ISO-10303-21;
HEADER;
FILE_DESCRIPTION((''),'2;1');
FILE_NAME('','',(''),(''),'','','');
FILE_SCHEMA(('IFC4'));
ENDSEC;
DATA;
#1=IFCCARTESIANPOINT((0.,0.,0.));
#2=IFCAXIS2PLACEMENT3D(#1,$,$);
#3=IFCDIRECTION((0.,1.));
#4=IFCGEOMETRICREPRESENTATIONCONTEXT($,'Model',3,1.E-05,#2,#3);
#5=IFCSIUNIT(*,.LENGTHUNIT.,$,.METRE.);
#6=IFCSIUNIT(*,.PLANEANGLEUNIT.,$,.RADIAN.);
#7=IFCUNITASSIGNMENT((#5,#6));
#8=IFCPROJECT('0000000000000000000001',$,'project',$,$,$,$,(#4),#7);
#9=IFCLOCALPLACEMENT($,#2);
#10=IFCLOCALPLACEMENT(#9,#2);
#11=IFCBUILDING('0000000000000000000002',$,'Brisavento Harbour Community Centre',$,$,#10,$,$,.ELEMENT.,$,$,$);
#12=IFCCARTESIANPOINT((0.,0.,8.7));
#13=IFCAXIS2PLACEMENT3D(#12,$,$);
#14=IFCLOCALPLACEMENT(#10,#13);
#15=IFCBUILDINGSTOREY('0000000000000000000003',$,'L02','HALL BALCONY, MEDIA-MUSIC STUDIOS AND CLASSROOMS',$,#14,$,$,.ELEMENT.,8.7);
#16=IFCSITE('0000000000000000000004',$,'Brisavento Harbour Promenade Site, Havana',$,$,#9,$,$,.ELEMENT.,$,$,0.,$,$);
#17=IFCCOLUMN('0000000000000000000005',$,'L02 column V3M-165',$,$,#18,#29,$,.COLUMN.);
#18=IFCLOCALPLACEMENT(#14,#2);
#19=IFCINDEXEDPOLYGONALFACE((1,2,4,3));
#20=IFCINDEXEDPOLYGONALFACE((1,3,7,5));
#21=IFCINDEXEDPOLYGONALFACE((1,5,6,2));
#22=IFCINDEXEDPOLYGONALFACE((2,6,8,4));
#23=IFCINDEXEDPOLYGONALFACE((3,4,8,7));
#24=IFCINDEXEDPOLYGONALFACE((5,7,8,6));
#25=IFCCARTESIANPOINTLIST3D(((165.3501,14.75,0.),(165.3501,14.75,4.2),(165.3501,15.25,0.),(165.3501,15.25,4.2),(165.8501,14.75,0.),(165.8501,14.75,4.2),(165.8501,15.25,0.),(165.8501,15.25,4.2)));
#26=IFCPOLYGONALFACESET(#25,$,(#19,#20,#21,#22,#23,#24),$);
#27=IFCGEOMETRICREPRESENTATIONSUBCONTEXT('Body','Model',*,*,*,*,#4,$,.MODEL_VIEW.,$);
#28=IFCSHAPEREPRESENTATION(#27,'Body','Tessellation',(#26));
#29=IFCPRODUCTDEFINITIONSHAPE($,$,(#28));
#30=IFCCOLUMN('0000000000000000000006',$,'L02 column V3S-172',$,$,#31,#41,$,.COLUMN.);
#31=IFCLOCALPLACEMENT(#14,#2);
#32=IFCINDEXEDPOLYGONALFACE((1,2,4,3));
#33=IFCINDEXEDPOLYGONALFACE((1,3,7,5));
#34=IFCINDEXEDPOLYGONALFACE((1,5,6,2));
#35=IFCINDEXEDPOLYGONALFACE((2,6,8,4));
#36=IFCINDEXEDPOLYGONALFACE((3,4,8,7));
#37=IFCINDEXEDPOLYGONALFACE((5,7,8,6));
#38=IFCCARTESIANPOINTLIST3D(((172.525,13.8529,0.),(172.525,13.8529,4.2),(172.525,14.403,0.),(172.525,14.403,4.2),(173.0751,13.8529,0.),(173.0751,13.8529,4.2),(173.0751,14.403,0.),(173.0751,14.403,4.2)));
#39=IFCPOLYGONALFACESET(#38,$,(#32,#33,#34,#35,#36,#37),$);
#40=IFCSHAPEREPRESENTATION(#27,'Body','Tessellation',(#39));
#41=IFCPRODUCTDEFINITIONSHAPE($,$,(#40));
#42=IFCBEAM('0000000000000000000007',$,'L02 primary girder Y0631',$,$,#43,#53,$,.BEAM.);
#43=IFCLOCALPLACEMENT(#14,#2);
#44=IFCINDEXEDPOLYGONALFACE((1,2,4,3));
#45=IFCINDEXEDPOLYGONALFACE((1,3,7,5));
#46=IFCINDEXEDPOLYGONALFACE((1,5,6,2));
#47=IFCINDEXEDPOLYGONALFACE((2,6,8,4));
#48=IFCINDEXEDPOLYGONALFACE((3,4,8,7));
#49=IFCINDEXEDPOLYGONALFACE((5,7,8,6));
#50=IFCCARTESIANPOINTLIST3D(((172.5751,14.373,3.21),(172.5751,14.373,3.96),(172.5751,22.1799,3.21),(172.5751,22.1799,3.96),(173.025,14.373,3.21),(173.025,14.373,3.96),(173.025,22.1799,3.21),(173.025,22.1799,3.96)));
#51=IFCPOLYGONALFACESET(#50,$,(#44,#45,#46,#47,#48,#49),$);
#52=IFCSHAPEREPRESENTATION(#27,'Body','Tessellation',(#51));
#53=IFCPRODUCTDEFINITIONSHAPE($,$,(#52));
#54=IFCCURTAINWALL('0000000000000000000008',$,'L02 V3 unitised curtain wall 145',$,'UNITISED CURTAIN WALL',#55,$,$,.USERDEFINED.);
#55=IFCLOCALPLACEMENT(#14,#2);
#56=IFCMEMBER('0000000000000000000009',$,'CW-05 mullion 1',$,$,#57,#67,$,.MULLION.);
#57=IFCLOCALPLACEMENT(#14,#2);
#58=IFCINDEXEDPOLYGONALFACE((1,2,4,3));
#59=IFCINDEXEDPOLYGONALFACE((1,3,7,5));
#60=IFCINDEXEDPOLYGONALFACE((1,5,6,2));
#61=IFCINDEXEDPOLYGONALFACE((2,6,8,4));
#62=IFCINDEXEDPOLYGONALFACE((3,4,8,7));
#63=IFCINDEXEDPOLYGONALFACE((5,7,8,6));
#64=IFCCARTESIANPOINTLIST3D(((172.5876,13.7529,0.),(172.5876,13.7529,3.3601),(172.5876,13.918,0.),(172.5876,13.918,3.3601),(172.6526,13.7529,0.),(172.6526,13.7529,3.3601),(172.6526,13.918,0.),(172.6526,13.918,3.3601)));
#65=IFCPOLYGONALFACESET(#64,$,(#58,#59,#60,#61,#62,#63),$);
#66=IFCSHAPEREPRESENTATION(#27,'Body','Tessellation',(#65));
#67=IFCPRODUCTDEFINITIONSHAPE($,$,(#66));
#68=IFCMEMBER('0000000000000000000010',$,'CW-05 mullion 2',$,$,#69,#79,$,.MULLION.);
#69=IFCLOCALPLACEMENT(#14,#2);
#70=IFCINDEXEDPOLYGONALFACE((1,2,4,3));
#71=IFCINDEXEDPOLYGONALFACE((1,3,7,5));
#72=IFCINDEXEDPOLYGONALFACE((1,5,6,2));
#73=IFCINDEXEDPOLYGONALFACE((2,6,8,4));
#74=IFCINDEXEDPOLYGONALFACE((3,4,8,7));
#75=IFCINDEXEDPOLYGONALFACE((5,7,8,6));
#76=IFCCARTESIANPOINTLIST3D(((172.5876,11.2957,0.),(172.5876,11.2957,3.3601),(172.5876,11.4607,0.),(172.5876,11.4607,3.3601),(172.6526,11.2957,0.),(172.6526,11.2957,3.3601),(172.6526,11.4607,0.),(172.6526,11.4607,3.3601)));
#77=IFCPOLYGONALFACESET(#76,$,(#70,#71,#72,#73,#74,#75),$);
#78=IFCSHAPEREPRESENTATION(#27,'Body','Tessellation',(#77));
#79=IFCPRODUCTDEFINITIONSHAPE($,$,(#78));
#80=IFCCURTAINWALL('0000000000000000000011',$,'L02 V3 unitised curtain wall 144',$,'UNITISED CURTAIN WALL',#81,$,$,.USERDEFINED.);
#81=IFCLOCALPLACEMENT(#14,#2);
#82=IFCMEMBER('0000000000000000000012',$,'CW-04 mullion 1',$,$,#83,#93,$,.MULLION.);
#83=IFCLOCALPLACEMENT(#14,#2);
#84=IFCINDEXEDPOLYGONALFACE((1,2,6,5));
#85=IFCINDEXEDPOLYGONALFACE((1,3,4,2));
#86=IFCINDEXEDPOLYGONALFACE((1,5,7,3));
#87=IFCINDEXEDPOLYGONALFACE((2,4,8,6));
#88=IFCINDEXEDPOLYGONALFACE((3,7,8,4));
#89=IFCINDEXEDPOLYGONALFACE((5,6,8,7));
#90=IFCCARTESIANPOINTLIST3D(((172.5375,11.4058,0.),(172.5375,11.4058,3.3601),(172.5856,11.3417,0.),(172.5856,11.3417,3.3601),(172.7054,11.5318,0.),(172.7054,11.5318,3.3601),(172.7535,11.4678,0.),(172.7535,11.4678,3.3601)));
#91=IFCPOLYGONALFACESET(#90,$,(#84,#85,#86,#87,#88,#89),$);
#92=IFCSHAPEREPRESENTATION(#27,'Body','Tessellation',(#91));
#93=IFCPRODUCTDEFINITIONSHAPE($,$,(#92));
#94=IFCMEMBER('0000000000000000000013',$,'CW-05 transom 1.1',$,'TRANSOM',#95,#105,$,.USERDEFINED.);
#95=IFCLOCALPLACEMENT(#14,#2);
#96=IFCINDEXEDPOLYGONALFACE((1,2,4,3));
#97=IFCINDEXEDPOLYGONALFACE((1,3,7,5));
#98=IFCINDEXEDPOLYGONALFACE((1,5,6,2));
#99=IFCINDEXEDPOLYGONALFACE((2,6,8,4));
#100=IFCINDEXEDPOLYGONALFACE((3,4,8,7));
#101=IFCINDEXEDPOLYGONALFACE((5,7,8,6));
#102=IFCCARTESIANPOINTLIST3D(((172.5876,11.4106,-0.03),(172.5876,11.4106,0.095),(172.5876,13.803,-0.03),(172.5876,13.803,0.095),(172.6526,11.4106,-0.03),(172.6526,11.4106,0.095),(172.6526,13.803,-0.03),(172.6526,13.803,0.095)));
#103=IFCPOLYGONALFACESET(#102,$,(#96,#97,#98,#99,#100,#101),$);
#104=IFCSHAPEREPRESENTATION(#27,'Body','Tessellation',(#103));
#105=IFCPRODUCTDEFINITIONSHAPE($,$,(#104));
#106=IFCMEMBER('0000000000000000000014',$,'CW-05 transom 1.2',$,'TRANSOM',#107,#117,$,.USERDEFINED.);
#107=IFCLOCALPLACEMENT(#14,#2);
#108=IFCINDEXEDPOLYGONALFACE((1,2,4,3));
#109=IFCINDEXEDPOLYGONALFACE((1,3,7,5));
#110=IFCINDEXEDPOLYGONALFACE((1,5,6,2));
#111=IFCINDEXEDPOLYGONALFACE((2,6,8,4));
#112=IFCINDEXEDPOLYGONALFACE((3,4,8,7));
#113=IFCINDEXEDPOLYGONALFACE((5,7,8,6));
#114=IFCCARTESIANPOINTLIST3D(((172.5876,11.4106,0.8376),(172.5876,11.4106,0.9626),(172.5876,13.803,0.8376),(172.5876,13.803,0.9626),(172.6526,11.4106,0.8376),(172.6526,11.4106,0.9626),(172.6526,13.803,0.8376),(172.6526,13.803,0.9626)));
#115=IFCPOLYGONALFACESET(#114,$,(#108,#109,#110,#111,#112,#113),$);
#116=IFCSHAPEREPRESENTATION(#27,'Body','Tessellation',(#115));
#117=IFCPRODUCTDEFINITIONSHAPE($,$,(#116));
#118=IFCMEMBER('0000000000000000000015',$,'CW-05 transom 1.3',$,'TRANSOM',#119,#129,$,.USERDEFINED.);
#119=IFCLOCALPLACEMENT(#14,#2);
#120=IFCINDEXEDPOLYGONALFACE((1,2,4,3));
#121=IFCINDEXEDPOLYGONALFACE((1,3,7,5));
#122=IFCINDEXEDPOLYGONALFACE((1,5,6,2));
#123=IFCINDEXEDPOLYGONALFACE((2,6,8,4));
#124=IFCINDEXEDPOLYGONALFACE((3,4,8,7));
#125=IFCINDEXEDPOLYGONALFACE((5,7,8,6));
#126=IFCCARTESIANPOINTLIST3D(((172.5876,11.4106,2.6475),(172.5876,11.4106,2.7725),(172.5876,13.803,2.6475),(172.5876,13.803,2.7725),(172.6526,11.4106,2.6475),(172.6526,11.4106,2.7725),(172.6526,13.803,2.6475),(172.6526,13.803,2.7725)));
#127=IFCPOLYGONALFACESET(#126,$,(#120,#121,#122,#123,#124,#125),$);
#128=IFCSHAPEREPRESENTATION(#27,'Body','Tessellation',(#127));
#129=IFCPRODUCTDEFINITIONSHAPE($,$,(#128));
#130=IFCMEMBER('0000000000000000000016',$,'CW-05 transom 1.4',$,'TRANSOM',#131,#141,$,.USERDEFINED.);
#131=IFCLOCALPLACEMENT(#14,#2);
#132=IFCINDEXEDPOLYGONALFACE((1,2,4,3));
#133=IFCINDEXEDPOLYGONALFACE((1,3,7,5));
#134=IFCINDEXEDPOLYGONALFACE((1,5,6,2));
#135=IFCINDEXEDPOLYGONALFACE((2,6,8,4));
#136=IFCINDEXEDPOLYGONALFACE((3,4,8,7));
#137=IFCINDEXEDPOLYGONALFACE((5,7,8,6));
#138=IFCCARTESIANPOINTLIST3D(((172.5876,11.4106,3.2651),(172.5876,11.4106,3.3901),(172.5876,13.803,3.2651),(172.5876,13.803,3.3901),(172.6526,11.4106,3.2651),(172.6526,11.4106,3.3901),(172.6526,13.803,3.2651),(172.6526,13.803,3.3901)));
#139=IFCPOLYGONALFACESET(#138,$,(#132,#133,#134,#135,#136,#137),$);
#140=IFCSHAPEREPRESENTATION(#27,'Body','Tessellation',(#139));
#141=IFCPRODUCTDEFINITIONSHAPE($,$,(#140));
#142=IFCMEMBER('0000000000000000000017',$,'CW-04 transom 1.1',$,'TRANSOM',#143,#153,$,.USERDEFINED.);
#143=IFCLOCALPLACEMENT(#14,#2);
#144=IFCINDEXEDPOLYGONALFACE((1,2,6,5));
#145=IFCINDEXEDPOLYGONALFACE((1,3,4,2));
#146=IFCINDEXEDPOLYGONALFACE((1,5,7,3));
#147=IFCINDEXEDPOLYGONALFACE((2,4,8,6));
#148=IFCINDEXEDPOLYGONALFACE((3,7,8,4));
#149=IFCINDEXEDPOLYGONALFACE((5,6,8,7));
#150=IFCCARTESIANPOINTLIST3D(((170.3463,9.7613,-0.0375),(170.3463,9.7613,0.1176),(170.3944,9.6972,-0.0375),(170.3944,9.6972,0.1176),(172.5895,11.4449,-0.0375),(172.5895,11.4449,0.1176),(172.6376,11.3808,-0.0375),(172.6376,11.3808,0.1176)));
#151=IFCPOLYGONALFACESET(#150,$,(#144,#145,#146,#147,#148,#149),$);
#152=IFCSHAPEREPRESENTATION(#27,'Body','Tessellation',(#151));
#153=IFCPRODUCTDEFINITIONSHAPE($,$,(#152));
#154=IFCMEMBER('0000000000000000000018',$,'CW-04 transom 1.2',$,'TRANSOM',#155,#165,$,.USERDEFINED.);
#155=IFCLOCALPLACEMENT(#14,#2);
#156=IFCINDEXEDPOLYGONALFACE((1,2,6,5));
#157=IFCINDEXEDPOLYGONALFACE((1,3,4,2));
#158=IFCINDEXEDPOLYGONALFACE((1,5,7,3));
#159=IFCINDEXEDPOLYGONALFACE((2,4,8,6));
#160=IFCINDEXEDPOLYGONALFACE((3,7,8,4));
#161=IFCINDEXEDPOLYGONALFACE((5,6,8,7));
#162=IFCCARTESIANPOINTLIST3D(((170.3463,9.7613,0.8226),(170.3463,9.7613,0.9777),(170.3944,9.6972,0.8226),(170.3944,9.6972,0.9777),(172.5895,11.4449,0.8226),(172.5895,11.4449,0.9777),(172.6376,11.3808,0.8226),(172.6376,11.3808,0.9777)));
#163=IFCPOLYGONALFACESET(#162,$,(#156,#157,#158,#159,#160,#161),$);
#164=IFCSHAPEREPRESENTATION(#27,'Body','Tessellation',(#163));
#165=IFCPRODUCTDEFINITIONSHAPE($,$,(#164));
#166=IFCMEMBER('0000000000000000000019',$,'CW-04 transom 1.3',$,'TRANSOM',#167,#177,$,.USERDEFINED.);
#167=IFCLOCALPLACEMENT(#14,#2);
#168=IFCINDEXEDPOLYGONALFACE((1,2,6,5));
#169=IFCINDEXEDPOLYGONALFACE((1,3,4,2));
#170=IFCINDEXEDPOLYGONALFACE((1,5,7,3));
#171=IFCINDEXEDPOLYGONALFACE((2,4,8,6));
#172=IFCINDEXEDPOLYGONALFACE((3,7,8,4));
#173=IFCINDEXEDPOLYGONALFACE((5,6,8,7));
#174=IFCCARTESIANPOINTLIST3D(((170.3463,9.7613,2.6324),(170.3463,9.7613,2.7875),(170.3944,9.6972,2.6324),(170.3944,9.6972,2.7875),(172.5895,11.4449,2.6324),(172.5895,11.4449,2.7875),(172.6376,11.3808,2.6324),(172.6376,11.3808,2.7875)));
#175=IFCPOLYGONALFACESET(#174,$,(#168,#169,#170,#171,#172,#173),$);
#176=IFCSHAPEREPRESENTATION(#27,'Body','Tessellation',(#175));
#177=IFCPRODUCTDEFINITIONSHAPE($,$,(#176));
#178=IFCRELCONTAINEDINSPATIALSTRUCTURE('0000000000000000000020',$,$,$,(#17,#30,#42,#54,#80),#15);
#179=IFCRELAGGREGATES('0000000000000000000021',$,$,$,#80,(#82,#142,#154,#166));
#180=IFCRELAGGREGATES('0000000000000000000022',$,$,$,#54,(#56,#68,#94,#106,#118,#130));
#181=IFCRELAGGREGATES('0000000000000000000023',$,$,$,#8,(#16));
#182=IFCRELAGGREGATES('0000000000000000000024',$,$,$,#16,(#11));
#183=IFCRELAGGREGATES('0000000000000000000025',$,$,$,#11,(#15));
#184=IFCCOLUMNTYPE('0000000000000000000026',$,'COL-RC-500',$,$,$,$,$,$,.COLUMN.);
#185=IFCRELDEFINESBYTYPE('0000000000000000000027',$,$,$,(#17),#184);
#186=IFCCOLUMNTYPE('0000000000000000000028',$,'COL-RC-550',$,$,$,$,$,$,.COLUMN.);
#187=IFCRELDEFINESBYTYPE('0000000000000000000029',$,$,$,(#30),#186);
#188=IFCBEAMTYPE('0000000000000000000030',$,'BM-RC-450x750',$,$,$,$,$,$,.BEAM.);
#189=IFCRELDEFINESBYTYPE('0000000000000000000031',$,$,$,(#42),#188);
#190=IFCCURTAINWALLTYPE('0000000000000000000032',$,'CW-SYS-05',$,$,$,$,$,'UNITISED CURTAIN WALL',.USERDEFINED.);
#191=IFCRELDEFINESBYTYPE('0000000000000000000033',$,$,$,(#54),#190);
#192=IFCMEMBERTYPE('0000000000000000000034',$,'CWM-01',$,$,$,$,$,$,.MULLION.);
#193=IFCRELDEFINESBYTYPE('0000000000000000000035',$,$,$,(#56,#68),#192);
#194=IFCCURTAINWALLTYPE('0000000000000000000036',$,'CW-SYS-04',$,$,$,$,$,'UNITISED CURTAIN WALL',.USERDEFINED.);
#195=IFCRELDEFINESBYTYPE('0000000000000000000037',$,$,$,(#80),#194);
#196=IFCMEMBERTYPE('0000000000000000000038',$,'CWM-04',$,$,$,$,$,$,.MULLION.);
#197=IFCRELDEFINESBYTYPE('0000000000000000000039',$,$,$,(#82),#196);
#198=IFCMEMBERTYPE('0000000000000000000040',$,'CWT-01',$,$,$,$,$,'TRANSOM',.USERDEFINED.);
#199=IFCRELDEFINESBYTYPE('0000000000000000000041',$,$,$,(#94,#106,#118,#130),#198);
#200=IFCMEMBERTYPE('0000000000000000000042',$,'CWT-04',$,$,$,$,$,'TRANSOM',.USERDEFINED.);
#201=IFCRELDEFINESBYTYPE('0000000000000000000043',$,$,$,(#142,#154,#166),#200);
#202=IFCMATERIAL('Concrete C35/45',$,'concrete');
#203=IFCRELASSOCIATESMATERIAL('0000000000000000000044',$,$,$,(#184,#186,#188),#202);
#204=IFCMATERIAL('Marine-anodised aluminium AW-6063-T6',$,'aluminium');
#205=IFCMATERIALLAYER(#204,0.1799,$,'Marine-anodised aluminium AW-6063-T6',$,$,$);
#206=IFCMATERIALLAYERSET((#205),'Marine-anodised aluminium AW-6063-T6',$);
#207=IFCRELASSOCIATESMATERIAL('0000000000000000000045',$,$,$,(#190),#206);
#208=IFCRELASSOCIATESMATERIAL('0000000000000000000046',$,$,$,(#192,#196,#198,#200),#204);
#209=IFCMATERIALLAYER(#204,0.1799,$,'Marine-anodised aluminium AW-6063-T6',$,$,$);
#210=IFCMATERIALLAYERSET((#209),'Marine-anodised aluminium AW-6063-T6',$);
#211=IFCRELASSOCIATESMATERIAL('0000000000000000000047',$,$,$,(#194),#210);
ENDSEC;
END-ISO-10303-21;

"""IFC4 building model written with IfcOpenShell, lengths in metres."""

from ifc_helpers import new_model, si_unit, direction, frame, origin, origin_2d, place, context, subcontext, project, spatial, rectangle, extrude, material, layer, layer_set, material_profile, profile_set, type_object, element, aggregate, save


model = new_model("IFC4")

# Units and contexts
model_context = context("Model", 3, precision=1e-05, world=origin(), true_north=direction((0.0, 1.0)))
body_context = subcontext(model_context, "Body", "Model", "MODEL_VIEW")
ifc_project = project(units=[si_unit("LENGTHUNIT", "METRE"), si_unit("PLANEANGLEUNIT", "RADIAN")], contexts=[model_context])

# Site, building, storey
site_placement = place(None, origin())
site = spatial("IfcSite", under=ifc_project, at=site_placement, Name="Brisavento Harbour Promenade Site, Havana", CompositionType="ELEMENT", RefElevation=0.0)
building_placement = place(site_placement, origin())
building = spatial("IfcBuilding", under=site, at=building_placement, Name="Brisavento Harbour Community Centre", CompositionType="ELEMENT")
storey_placement = place(building_placement, frame((0.0, 0.0, 8.7)))
storey = spatial("IfcBuildingStorey", under=building, at=storey_placement, Name="L02", Description="HALL BALCONY, MEDIA-MUSIC STUDIOS AND CLASSROOMS", CompositionType="ELEMENT", Elevation=8.7)

# Columns
ifc_material_1 = material(Name="Concrete C35/45", Category="concrete")
ifc_material_profile_1 = material_profile(ifc_material_1, rectangle(XDim=0.5, YDim=0.5, at=origin_2d()), Name="Concrete C35/45")
ifc_profile_set_1 = profile_set([ifc_material_profile_1], Name="Concrete C35/45")
column_type_1 = type_object("IfcColumnType", Name="COL-RC-500", PredefinedType="COLUMN", material=ifc_profile_set_1)
column_1_placement = place(storey_placement, frame((165.6001, 15.0, 0.0), z_axis=(0.0, 0.0, 1.0), x_axis=(1.0, 0.0, 0.0)))
element("IfcColumn", 1, at=column_1_placement, inside=storey, type_object=column_type_1, Name="L02 column V3M-165", PredefinedType="COLUMN", context=body_context, shape_type="SweptSolid", body=[
    extrude(rectangle(XDim=0.5, YDim=0.5, at=origin_2d()), origin(), (0.0, 0.0, 1.0), 4.2),
])
ifc_material_profile_2 = material_profile(ifc_material_1, rectangle(XDim=0.55, YDim=0.55, at=origin_2d()), Name="Concrete C35/45")
ifc_profile_set_2 = profile_set([ifc_material_profile_2], Name="Concrete C35/45")
column_type_2 = type_object("IfcColumnType", Name="COL-RC-550", PredefinedType="COLUMN", material=ifc_profile_set_2)
column_2_placement = place(storey_placement, frame((172.8, 14.1279, 0.0), z_axis=(0.0, 0.0, 1.0), x_axis=(1.0, 0.0, 0.0)))
element("IfcColumn", 2, at=column_2_placement, inside=storey, type_object=column_type_2, Name="L02 column V3S-172", PredefinedType="COLUMN", context=body_context, shape_type="SweptSolid", body=[
    extrude(rectangle(XDim=0.55, YDim=0.55, at=origin_2d()), origin(), (0.0, 0.0, 1.0), 4.2),
])

# Beam
ifc_material_profile_3 = material_profile(ifc_material_1, rectangle(XDim=0.45, YDim=0.75, at=origin_2d()), Name="Concrete C35/45")
ifc_profile_set_3 = profile_set([ifc_material_profile_3], Name="Concrete C35/45")
beam_type = type_object("IfcBeamType", Name="BM-RC-450x750", PredefinedType="BEAM", material=ifc_profile_set_3)
beam_placement = place(storey_placement, frame((172.8, 14.373, 3.585), z_axis=(0.0, 1.0, 0.0), x_axis=(-1.0, 0.0, 0.0)))
element("IfcBeam", 3, at=beam_placement, inside=storey, type_object=beam_type, Name="L02 primary girder Y0631", PredefinedType="BEAM", context=body_context, shape_type="SweptSolid", body=[
    extrude(rectangle(XDim=0.45, YDim=0.75, at=origin_2d()), origin(), (0.0, 0.0, 1.0), 7.8069),
])

# Curtain wall, members
ifc_material_2 = material(Name="Marine-anodised aluminium AW-6063-T6", Category="aluminium")
ifc_layer_1 = layer(ifc_material_2, 0.1799, Name="Marine-anodised aluminium AW-6063-T6")
ifc_layer_set_1 = layer_set([ifc_layer_1], Name="Marine-anodised aluminium AW-6063-T6")
curtain_wall_type_1 = type_object("IfcCurtainWallType", Name="CW-SYS-05", ElementType="UNITISED CURTAIN WALL", PredefinedType="USERDEFINED", material=ifc_layer_set_1)
curtain_wall_1_placement = place(storey_placement, origin())
curtain_wall_1 = element("IfcCurtainWall", 4, at=curtain_wall_1_placement, inside=storey, type_object=curtain_wall_type_1, Name="L02 V3 unitised curtain wall 145", ObjectType="UNITISED CURTAIN WALL", PredefinedType="USERDEFINED")
ifc_material_profile_4 = material_profile(ifc_material_2, rectangle(XDim=0.0649, YDim=0.165, at=origin_2d()), Name="Marine-anodised aluminium AW-6063-T6")
ifc_profile_set_4 = profile_set([ifc_material_profile_4], Name="Marine-anodised aluminium AW-6063-T6")
member_type_1 = type_object("IfcMemberType", Name="CWM-01", PredefinedType="MULLION", material=ifc_profile_set_4)
member_1_placement = place(storey_placement, frame((172.6201, 13.8354, 0.0), z_axis=(0.0, 0.0, 1.0), x_axis=(1.0, 0.0, 0.0)))
member_1 = element("IfcMember", 5, at=member_1_placement, type_object=member_type_1, Name="CW-05 mullion 1", PredefinedType="MULLION", context=body_context, shape_type="SweptSolid", body=[
    extrude(rectangle(XDim=0.0649, YDim=0.165, at=origin_2d()), origin(), (0.0, 0.0, 1.0), 3.3601),
])
member_2_placement = place(storey_placement, frame((172.6201, 11.3782, 0.0), z_axis=(0.0, 0.0, 1.0), x_axis=(1.0, 0.0, 0.0)))
member_2 = element("IfcMember", 6, at=member_2_placement, type_object=member_type_1, Name="CW-05 mullion 2", PredefinedType="MULLION", context=body_context, shape_type="SweptSolid", body=[
    extrude(rectangle(XDim=0.0649, YDim=0.165, at=origin_2d()), origin(), (0.0, 0.0, 1.0), 3.3601),
])

# Curtain wall, member
ifc_layer_2 = layer(ifc_material_2, 0.1799, Name="Marine-anodised aluminium AW-6063-T6")
ifc_layer_set_2 = layer_set([ifc_layer_2], Name="Marine-anodised aluminium AW-6063-T6")
curtain_wall_type_2 = type_object("IfcCurtainWallType", Name="CW-SYS-04", ElementType="UNITISED CURTAIN WALL", PredefinedType="USERDEFINED", material=ifc_layer_set_2)
curtain_wall_2_placement = place(storey_placement, origin())
curtain_wall_2 = element("IfcCurtainWall", 7, at=curtain_wall_2_placement, inside=storey, type_object=curtain_wall_type_2, Name="L02 V3 unitised curtain wall 144", ObjectType="UNITISED CURTAIN WALL", PredefinedType="USERDEFINED")
ifc_material_profile_5 = material_profile(ifc_material_2, rectangle(XDim=0.0801, YDim=0.21, at=origin_2d()), Name="Marine-anodised aluminium AW-6063-T6")
ifc_profile_set_5 = profile_set([ifc_material_profile_5], Name="Marine-anodised aluminium AW-6063-T6")
member_type_2 = type_object("IfcMemberType", Name="CWM-04", PredefinedType="MULLION", material=ifc_profile_set_5)
member_3_placement = place(storey_placement, frame((172.6455, 11.4368, 0.0), z_axis=(0.0, 0.0, 1.0), x_axis=(0.600259, -0.799806, 0.0)))
member_3 = element("IfcMember", 8, at=member_3_placement, type_object=member_type_2, Name="CW-04 mullion 1", PredefinedType="MULLION", context=body_context, shape_type="SweptSolid", body=[
    extrude(rectangle(XDim=0.0801, YDim=0.21, at=origin_2d()), origin(), (0.0, 0.0, 1.0), 3.3601),
])

# Members
ifc_material_profile_6 = material_profile(ifc_material_2, rectangle(XDim=0.0649, YDim=0.125, at=origin_2d()), Name="Marine-anodised aluminium AW-6063-T6")
ifc_profile_set_6 = profile_set([ifc_material_profile_6], Name="Marine-anodised aluminium AW-6063-T6")
member_type_3 = type_object("IfcMemberType", Name="CWT-01", ElementType="TRANSOM", PredefinedType="USERDEFINED", material=ifc_profile_set_6)
member_4_placement = place(storey_placement, frame((172.6201, 13.803, 0.0325), z_axis=(0.0, -1.0, 0.0), x_axis=(1.0, 0.0, 0.0)))
member_4 = element("IfcMember", 9, at=member_4_placement, type_object=member_type_3, Name="CW-05 transom 1.1", ObjectType="TRANSOM", PredefinedType="USERDEFINED", context=body_context, shape_type="SweptSolid", body=[
    extrude(rectangle(XDim=0.0649, YDim=0.125, at=origin_2d()), origin(), (0.0, 0.0, 1.0), 2.3923),
])
member_5_placement = place(storey_placement, frame((172.6201, 13.803, 0.9001), z_axis=(0.0, -1.0, 0.0), x_axis=(1.0, 0.0, 0.0)))
member_5 = element("IfcMember", 10, at=member_5_placement, type_object=member_type_3, Name="CW-05 transom 1.2", ObjectType="TRANSOM", PredefinedType="USERDEFINED", context=body_context, shape_type="SweptSolid", body=[
    extrude(rectangle(XDim=0.0649, YDim=0.125, at=origin_2d()), origin(), (0.0, 0.0, 1.0), 2.3923),
])
member_6_placement = place(storey_placement, frame((172.6201, 13.803, 2.71), z_axis=(0.0, -1.0, 0.0), x_axis=(1.0, 0.0, 0.0)))
member_6 = element("IfcMember", 11, at=member_6_placement, type_object=member_type_3, Name="CW-05 transom 1.3", ObjectType="TRANSOM", PredefinedType="USERDEFINED", context=body_context, shape_type="SweptSolid", body=[
    extrude(rectangle(XDim=0.0649, YDim=0.125, at=origin_2d()), origin(), (0.0, 0.0, 1.0), 2.3923),
])
member_7_placement = place(storey_placement, frame((172.6201, 13.803, 3.3276), z_axis=(0.0, -1.0, 0.0), x_axis=(1.0, 0.0, 0.0)))
member_7 = element("IfcMember", 12, at=member_7_placement, type_object=member_type_3, Name="CW-05 transom 1.4", ObjectType="TRANSOM", PredefinedType="USERDEFINED", context=body_context, shape_type="SweptSolid", body=[
    extrude(rectangle(XDim=0.0649, YDim=0.125, at=origin_2d()), origin(), (0.0, 0.0, 1.0), 2.3923),
])
ifc_material_profile_7 = material_profile(ifc_material_2, rectangle(XDim=0.0801, YDim=0.155, at=origin_2d()), Name="Marine-anodised aluminium AW-6063-T6")
ifc_profile_set_7 = profile_set([ifc_material_profile_7], Name="Marine-anodised aluminium AW-6063-T6")
member_type_4 = type_object("IfcMemberType", Name="CWT-04", ElementType="TRANSOM", PredefinedType="USERDEFINED", material=ifc_profile_set_7)
member_8_placement = place(storey_placement, frame((172.6135, 11.4128, 0.04), z_axis=(-0.799791, -0.600279, 0.0), x_axis=(0.600279, -0.799791, 0.0)))
member_8 = element("IfcMember", 13, at=member_8_placement, type_object=member_type_4, Name="CW-04 transom 1.1", ObjectType="TRANSOM", PredefinedType="USERDEFINED", context=body_context, shape_type="SweptSolid", body=[
    extrude(rectangle(XDim=0.0801, YDim=0.155, at=origin_2d()), origin(), (0.0, 0.0, 1.0), 2.8047),
])
member_9_placement = place(storey_placement, frame((172.6135, 11.4128, 0.9001), z_axis=(-0.799791, -0.600279, 0.0), x_axis=(0.600279, -0.799791, 0.0)))
member_9 = element("IfcMember", 14, at=member_9_placement, type_object=member_type_4, Name="CW-04 transom 1.2", ObjectType="TRANSOM", PredefinedType="USERDEFINED", context=body_context, shape_type="SweptSolid", body=[
    extrude(rectangle(XDim=0.0801, YDim=0.155, at=origin_2d()), origin(), (0.0, 0.0, 1.0), 2.8047),
])
member_10_placement = place(storey_placement, frame((172.6135, 11.4128, 2.71), z_axis=(-0.799791, -0.600279, 0.0), x_axis=(0.600279, -0.799791, 0.0)))
member_10 = element("IfcMember", 15, at=member_10_placement, type_object=member_type_4, Name="CW-04 transom 1.3", ObjectType="TRANSOM", PredefinedType="USERDEFINED", context=body_context, shape_type="SweptSolid", body=[
    extrude(rectangle(XDim=0.0801, YDim=0.155, at=origin_2d()), origin(), (0.0, 0.0, 1.0), 2.8047),
])

aggregate(curtain_wall_2, [member_3, member_8, member_9, member_10])
aggregate(curtain_wall_1, [member_1, member_2, member_4, member_5, member_6, member_7])

save(model, "model.ifc")
